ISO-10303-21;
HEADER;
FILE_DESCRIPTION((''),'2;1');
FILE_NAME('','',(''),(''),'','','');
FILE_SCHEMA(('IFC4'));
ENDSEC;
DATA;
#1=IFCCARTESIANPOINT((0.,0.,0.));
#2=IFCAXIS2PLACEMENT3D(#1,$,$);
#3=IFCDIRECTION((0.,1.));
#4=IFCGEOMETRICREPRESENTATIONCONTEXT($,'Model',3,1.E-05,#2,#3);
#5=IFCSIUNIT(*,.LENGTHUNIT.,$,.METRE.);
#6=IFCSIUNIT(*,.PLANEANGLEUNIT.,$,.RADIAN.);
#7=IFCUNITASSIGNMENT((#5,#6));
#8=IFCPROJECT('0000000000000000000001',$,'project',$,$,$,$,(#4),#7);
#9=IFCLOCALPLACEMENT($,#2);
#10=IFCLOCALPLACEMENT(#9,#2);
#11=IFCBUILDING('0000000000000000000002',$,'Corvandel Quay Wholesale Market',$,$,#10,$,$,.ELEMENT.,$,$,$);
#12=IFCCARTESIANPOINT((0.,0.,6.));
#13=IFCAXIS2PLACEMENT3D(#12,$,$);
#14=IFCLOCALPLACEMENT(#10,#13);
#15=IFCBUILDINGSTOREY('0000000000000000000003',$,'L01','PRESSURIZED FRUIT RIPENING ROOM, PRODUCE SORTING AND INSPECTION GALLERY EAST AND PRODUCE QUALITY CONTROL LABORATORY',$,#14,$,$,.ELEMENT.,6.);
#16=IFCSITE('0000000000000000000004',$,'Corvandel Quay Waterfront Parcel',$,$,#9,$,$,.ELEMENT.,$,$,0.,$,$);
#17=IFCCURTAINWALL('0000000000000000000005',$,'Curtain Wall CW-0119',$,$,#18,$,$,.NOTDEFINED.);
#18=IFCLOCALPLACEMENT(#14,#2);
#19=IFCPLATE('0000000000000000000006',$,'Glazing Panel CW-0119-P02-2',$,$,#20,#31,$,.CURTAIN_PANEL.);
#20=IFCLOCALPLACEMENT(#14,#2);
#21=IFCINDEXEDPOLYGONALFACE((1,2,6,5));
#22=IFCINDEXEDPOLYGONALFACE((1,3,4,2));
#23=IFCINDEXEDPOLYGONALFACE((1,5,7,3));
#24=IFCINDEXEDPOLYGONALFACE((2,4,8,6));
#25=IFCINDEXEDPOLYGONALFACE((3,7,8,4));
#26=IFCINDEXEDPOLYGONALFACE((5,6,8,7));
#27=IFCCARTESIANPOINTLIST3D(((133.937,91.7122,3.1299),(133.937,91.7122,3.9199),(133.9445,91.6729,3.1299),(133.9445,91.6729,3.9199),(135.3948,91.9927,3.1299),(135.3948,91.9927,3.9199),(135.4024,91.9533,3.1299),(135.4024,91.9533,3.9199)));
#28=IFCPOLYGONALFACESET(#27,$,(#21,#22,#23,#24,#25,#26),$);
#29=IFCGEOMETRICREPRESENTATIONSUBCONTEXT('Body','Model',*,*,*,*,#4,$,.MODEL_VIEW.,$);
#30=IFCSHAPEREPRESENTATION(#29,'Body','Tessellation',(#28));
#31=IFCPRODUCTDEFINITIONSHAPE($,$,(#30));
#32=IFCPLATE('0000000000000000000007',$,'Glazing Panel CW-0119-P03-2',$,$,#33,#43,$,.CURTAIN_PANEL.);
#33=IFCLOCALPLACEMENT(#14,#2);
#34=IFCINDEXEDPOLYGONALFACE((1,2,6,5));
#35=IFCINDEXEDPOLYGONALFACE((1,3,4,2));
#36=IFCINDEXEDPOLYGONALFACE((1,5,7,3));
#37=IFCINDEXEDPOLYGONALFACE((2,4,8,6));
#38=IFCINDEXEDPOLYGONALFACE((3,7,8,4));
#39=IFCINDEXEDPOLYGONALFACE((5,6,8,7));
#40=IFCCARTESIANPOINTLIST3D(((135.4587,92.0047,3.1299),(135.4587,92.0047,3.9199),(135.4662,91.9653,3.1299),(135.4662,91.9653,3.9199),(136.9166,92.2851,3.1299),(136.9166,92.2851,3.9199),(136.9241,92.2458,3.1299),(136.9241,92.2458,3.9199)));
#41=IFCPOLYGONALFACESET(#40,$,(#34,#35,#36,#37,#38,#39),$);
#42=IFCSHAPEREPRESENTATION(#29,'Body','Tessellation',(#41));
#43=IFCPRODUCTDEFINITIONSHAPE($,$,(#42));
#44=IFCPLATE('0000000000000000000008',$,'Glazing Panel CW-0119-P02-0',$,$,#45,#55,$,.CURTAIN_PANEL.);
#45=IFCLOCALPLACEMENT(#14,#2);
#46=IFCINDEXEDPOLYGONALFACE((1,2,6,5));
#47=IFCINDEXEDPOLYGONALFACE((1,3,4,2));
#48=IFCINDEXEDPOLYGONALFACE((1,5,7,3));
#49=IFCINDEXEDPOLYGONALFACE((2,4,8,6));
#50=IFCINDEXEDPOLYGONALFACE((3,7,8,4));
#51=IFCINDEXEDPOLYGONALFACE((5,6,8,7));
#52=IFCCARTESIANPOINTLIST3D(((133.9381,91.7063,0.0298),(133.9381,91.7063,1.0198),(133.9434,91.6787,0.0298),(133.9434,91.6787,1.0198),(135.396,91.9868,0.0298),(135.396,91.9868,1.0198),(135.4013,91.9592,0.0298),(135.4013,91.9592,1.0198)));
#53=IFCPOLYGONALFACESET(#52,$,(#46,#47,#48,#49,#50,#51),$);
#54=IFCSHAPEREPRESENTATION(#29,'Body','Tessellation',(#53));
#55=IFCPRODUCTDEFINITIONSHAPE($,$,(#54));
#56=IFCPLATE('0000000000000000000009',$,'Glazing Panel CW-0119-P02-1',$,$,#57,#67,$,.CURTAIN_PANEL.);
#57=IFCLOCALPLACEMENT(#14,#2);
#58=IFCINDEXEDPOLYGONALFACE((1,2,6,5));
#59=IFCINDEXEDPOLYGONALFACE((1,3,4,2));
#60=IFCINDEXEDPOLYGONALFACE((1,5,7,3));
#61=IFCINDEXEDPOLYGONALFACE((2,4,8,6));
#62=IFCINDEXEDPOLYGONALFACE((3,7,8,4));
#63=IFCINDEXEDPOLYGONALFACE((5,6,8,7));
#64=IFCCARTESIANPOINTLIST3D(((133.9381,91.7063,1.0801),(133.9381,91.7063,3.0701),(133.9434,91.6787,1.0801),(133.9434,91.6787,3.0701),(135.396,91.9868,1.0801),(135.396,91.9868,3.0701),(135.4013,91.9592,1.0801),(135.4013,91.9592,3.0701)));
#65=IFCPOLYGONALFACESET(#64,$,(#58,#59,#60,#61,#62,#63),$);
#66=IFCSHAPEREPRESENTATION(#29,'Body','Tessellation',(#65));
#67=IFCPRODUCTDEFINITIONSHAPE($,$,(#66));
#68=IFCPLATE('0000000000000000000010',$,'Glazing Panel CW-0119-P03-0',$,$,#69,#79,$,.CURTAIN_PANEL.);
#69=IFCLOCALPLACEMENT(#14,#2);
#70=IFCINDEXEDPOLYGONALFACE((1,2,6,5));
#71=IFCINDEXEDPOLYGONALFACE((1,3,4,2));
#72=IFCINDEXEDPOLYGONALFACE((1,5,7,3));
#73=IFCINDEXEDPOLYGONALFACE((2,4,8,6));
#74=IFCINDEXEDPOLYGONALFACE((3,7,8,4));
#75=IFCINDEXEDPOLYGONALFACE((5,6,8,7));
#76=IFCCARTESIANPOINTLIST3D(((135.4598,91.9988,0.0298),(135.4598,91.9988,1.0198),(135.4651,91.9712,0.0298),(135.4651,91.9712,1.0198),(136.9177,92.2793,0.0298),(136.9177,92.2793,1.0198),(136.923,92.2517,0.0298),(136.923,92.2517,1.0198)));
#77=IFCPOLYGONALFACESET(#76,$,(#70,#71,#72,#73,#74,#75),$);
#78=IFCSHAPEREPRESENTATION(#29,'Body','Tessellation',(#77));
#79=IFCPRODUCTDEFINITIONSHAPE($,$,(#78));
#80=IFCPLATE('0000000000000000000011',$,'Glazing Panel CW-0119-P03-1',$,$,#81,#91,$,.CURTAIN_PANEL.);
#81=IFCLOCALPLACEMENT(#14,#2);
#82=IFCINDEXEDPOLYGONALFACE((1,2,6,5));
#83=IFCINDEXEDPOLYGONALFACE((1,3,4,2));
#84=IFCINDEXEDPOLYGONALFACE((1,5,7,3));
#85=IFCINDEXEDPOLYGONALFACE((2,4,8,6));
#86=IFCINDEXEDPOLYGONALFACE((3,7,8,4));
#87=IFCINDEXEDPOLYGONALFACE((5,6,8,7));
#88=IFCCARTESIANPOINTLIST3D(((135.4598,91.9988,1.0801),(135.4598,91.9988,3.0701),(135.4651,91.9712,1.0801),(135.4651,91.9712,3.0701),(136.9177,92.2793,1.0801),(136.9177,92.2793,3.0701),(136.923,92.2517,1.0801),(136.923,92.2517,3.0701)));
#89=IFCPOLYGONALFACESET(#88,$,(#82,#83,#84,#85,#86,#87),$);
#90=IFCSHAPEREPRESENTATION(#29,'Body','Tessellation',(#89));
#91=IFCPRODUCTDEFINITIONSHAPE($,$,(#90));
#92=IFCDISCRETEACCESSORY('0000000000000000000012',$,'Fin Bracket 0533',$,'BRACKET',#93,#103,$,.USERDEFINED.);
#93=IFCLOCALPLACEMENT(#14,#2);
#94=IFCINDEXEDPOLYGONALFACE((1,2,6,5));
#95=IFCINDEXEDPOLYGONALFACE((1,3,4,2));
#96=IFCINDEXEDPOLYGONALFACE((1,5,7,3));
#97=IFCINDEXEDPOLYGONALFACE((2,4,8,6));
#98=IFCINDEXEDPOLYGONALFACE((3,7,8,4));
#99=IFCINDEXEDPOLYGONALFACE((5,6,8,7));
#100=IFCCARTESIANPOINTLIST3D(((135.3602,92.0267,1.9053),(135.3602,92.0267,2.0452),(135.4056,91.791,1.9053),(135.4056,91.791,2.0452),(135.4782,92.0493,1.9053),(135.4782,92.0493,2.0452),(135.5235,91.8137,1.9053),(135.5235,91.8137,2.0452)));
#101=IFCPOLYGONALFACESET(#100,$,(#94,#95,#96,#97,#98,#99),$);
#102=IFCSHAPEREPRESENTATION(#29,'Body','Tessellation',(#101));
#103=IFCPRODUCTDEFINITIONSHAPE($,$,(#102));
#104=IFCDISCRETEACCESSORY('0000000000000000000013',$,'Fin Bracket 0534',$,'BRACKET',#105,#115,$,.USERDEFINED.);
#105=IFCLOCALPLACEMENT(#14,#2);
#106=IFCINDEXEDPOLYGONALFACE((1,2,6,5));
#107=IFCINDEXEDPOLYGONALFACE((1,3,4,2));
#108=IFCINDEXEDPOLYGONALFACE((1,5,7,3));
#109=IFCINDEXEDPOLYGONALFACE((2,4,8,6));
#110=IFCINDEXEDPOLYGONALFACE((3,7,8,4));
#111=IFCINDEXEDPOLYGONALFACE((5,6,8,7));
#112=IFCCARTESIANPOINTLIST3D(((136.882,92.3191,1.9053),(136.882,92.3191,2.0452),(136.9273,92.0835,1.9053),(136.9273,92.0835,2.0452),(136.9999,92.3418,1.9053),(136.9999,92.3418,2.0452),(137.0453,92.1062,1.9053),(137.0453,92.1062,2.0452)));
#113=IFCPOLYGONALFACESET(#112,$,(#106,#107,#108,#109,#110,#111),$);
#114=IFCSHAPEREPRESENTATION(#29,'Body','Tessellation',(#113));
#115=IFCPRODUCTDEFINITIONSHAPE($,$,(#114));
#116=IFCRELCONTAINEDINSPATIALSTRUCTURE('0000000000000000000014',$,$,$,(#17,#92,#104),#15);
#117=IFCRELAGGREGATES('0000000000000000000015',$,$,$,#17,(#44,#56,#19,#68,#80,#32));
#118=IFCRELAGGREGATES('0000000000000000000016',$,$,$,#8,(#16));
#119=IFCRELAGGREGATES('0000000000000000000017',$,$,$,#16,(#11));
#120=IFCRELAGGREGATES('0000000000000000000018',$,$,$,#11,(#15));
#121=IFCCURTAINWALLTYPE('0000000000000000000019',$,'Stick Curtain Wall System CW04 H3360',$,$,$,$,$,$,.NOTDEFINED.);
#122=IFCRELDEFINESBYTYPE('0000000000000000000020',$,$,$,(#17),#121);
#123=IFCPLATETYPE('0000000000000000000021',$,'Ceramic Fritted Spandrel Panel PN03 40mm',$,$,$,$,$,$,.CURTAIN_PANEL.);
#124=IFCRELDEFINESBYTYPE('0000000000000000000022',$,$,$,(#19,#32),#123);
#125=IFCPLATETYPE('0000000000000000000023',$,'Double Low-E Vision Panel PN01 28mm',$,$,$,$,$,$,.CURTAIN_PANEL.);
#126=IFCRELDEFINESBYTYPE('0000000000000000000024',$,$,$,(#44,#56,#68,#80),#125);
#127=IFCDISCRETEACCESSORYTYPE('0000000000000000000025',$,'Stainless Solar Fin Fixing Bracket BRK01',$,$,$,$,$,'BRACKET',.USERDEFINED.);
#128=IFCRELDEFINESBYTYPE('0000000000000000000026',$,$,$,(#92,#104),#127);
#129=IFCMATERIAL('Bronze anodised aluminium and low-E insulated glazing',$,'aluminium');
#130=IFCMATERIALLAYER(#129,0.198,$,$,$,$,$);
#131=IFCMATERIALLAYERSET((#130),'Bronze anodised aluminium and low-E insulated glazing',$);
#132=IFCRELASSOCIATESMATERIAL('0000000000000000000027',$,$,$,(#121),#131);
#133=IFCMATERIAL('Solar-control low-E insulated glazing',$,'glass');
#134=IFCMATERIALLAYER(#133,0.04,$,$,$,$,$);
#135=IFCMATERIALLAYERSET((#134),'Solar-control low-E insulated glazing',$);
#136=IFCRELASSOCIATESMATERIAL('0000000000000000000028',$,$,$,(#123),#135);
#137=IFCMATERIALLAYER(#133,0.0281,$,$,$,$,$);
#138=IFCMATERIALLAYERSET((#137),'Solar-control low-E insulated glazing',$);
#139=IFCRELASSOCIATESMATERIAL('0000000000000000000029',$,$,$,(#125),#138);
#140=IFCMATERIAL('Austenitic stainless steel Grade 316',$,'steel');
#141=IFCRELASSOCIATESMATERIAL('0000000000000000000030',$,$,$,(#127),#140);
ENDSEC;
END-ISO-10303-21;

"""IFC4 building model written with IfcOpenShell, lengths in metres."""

from ifc_helpers import new_model, si_unit, direction, frame, origin, origin_2d, place, context, subcontext, project, spatial, rectangle, extrude, material, layer, layer_set, type_object, element, aggregate, save


model = new_model("IFC4")

# Units and contexts
model_context = context("Model", 3, precision=1e-05, world=origin(), true_north=direction((0.0, 1.0)))
body_context = subcontext(model_context, "Body", "Model", "MODEL_VIEW")
ifc_project = project(units=[si_unit("LENGTHUNIT", "METRE"), si_unit("PLANEANGLEUNIT", "RADIAN")], contexts=[model_context])

# Site, building, storey
site_placement = place(None, origin())
site = spatial("IfcSite", under=ifc_project, at=site_placement, Name="Corvandel Quay Waterfront Parcel", CompositionType="ELEMENT", RefElevation=0.0)
building_placement = place(site_placement, origin())
building = spatial("IfcBuilding", under=site, at=building_placement, Name="Corvandel Quay Wholesale Market", CompositionType="ELEMENT")
storey_placement = place(building_placement, frame((0.0, 0.0, 6.0)))
storey = spatial("IfcBuildingStorey", under=building, at=storey_placement, Name="L01", Description="PRESSURIZED FRUIT RIPENING ROOM, PRODUCE SORTING AND INSPECTION GALLERY EAST AND PRODUCE QUALITY CONTROL LABORATORY", CompositionType="ELEMENT", Elevation=6.0)

# Curtain wall, plates
ifc_material_1 = material(Name="Bronze anodised aluminium and low-E insulated glazing", Category="aluminium")
ifc_layer_1 = layer(ifc_material_1, 0.198)
ifc_layer_set_1 = layer_set([ifc_layer_1], Name="Bronze anodised aluminium and low-E insulated glazing")
curtain_wall_type = type_object("IfcCurtainWallType", Name="Stick Curtain Wall System CW04 H3360", PredefinedType="NOTDEFINED", material=ifc_layer_set_1)
curtain_wall_placement = place(storey_placement, origin())
curtain_wall = element("IfcCurtainWall", 1, at=curtain_wall_placement, inside=storey, type_object=curtain_wall_type, Name="Curtain Wall CW-0119", PredefinedType="NOTDEFINED")
ifc_material_2 = material(Name="Solar-control low-E insulated glazing", Category="glass")
ifc_layer_2 = layer(ifc_material_2, 0.04)
ifc_layer_set_2 = layer_set([ifc_layer_2], Name="Solar-control low-E insulated glazing")
plate_type_1 = type_object("IfcPlateType", Name="Ceramic Fritted Spandrel Panel PN03 40mm", PredefinedType="CURTAIN_PANEL", material=ifc_layer_set_2)
plate_1_placement = place(storey_placement, frame((134.6697, 91.8328, 3.1299), z_axis=(0.0, 0.0, 1.0), x_axis=(0.981992, 0.188924, 0.0)))
plate_1 = element("IfcPlate", 2, at=plate_1_placement, type_object=plate_type_1, Name="Glazing Panel CW-0119-P02-2", PredefinedType="CURTAIN_PANEL", context=body_context, shape_type="SweptSolid", body=[
    extrude(rectangle(XDim=1.4846, YDim=0.04, at=origin_2d()), origin(), (0.0, 0.0, 1.0), 0.79),
])
plate_2_placement = place(storey_placement, frame((136.1914, 92.1252, 3.1299), z_axis=(0.0, 0.0, 1.0), x_axis=(0.981992, 0.188924, 0.0)))
plate_2 = element("IfcPlate", 3, at=plate_2_placement, type_object=plate_type_1, Name="Glazing Panel CW-0119-P03-2", PredefinedType="CURTAIN_PANEL", context=body_context, shape_type="SweptSolid", body=[
    extrude(rectangle(XDim=1.4846, YDim=0.04, at=origin_2d()), origin(), (0.0, 0.0, 1.0), 0.79),
])
ifc_layer_3 = layer(ifc_material_2, 0.0281)
ifc_layer_set_3 = layer_set([ifc_layer_3], Name="Solar-control low-E insulated glazing")
plate_type_2 = type_object("IfcPlateType", Name="Double Low-E Vision Panel PN01 28mm", PredefinedType="CURTAIN_PANEL", material=ifc_layer_set_3)
plate_3_placement = place(storey_placement, frame((134.6697, 91.8328, 0.0298), z_axis=(0.0, 0.0, 1.0), x_axis=(0.981992, 0.188924, 0.0)))
plate_3 = element("IfcPlate", 4, at=plate_3_placement, type_object=plate_type_2, Name="Glazing Panel CW-0119-P02-0", PredefinedType="CURTAIN_PANEL", context=body_context, shape_type="SweptSolid", body=[
    extrude(rectangle(XDim=1.4846, YDim=0.0281, at=origin_2d()), origin(), (0.0, 0.0, 1.0), 0.99),
])
plate_4_placement = place(storey_placement, frame((134.6697, 91.8328, 1.0801), z_axis=(0.0, 0.0, 1.0), x_axis=(0.981992, 0.188924, 0.0)))
plate_4 = element("IfcPlate", 5, at=plate_4_placement, type_object=plate_type_2, Name="Glazing Panel CW-0119-P02-1", PredefinedType="CURTAIN_PANEL", context=body_context, shape_type="SweptSolid", body=[
    extrude(rectangle(XDim=1.4846, YDim=0.0281, at=origin_2d()), origin(), (0.0, 0.0, 1.0), 1.99),
])
plate_5_placement = place(storey_placement, frame((136.1914, 92.1252, 0.0298), z_axis=(0.0, 0.0, 1.0), x_axis=(0.981992, 0.188924, 0.0)))
plate_5 = element("IfcPlate", 6, at=plate_5_placement, type_object=plate_type_2, Name="Glazing Panel CW-0119-P03-0", PredefinedType="CURTAIN_PANEL", context=body_context, shape_type="SweptSolid", body=[
    extrude(rectangle(XDim=1.4846, YDim=0.0281, at=origin_2d()), origin(), (0.0, 0.0, 1.0), 0.99),
])
plate_6_placement = place(storey_placement, frame((136.1914, 92.1252, 1.0801), z_axis=(0.0, 0.0, 1.0), x_axis=(0.981992, 0.188924, 0.0)))
plate_6 = element("IfcPlate", 7, at=plate_6_placement, type_object=plate_type_2, Name="Glazing Panel CW-0119-P03-1", PredefinedType="CURTAIN_PANEL", context=body_context, shape_type="SweptSolid", body=[
    extrude(rectangle(XDim=1.4846, YDim=0.0281, at=origin_2d()), origin(), (0.0, 0.0, 1.0), 1.99),
])
aggregate(curtain_wall, [plate_3, plate_4, plate_1, plate_5, plate_6, plate_2])

# Discrete accessories
ifc_material_3 = material(Name="Austenitic stainless steel Grade 316", Category="steel")
discrete_accessory_type = type_object("IfcDiscreteAccessoryType", Name="Stainless Solar Fin Fixing Bracket BRK01", ElementType="BRACKET", PredefinedType="USERDEFINED", material=ifc_material_3)
for number, where, z_axis, x_axis, name in (
    (8, (135.4419, 91.9202, 1.9053), (0.0, 0.0, 1.0), (-0.188924, 0.981992, 0.0), "Fin Bracket 0533"),
    (9, (136.9636, 92.2126, 1.9053), (0.0, 0.0, 1.0), (-0.188924, 0.981992, 0.0), "Fin Bracket 0534"),
):
    element("IfcDiscreteAccessory", number, at=place(storey_placement, frame(where, z_axis=z_axis, x_axis=x_axis)), inside=storey, type_object=discrete_accessory_type, Name=name, ObjectType="BRACKET", PredefinedType="USERDEFINED", context=body_context, shape_type="SweptSolid", body=[
        extrude(rectangle(XDim=0.24, YDim=0.1201, at=origin_2d()), origin(), (0.0, 0.0, 1.0), 0.1399),
    ])

save(model, "model.ifc")
